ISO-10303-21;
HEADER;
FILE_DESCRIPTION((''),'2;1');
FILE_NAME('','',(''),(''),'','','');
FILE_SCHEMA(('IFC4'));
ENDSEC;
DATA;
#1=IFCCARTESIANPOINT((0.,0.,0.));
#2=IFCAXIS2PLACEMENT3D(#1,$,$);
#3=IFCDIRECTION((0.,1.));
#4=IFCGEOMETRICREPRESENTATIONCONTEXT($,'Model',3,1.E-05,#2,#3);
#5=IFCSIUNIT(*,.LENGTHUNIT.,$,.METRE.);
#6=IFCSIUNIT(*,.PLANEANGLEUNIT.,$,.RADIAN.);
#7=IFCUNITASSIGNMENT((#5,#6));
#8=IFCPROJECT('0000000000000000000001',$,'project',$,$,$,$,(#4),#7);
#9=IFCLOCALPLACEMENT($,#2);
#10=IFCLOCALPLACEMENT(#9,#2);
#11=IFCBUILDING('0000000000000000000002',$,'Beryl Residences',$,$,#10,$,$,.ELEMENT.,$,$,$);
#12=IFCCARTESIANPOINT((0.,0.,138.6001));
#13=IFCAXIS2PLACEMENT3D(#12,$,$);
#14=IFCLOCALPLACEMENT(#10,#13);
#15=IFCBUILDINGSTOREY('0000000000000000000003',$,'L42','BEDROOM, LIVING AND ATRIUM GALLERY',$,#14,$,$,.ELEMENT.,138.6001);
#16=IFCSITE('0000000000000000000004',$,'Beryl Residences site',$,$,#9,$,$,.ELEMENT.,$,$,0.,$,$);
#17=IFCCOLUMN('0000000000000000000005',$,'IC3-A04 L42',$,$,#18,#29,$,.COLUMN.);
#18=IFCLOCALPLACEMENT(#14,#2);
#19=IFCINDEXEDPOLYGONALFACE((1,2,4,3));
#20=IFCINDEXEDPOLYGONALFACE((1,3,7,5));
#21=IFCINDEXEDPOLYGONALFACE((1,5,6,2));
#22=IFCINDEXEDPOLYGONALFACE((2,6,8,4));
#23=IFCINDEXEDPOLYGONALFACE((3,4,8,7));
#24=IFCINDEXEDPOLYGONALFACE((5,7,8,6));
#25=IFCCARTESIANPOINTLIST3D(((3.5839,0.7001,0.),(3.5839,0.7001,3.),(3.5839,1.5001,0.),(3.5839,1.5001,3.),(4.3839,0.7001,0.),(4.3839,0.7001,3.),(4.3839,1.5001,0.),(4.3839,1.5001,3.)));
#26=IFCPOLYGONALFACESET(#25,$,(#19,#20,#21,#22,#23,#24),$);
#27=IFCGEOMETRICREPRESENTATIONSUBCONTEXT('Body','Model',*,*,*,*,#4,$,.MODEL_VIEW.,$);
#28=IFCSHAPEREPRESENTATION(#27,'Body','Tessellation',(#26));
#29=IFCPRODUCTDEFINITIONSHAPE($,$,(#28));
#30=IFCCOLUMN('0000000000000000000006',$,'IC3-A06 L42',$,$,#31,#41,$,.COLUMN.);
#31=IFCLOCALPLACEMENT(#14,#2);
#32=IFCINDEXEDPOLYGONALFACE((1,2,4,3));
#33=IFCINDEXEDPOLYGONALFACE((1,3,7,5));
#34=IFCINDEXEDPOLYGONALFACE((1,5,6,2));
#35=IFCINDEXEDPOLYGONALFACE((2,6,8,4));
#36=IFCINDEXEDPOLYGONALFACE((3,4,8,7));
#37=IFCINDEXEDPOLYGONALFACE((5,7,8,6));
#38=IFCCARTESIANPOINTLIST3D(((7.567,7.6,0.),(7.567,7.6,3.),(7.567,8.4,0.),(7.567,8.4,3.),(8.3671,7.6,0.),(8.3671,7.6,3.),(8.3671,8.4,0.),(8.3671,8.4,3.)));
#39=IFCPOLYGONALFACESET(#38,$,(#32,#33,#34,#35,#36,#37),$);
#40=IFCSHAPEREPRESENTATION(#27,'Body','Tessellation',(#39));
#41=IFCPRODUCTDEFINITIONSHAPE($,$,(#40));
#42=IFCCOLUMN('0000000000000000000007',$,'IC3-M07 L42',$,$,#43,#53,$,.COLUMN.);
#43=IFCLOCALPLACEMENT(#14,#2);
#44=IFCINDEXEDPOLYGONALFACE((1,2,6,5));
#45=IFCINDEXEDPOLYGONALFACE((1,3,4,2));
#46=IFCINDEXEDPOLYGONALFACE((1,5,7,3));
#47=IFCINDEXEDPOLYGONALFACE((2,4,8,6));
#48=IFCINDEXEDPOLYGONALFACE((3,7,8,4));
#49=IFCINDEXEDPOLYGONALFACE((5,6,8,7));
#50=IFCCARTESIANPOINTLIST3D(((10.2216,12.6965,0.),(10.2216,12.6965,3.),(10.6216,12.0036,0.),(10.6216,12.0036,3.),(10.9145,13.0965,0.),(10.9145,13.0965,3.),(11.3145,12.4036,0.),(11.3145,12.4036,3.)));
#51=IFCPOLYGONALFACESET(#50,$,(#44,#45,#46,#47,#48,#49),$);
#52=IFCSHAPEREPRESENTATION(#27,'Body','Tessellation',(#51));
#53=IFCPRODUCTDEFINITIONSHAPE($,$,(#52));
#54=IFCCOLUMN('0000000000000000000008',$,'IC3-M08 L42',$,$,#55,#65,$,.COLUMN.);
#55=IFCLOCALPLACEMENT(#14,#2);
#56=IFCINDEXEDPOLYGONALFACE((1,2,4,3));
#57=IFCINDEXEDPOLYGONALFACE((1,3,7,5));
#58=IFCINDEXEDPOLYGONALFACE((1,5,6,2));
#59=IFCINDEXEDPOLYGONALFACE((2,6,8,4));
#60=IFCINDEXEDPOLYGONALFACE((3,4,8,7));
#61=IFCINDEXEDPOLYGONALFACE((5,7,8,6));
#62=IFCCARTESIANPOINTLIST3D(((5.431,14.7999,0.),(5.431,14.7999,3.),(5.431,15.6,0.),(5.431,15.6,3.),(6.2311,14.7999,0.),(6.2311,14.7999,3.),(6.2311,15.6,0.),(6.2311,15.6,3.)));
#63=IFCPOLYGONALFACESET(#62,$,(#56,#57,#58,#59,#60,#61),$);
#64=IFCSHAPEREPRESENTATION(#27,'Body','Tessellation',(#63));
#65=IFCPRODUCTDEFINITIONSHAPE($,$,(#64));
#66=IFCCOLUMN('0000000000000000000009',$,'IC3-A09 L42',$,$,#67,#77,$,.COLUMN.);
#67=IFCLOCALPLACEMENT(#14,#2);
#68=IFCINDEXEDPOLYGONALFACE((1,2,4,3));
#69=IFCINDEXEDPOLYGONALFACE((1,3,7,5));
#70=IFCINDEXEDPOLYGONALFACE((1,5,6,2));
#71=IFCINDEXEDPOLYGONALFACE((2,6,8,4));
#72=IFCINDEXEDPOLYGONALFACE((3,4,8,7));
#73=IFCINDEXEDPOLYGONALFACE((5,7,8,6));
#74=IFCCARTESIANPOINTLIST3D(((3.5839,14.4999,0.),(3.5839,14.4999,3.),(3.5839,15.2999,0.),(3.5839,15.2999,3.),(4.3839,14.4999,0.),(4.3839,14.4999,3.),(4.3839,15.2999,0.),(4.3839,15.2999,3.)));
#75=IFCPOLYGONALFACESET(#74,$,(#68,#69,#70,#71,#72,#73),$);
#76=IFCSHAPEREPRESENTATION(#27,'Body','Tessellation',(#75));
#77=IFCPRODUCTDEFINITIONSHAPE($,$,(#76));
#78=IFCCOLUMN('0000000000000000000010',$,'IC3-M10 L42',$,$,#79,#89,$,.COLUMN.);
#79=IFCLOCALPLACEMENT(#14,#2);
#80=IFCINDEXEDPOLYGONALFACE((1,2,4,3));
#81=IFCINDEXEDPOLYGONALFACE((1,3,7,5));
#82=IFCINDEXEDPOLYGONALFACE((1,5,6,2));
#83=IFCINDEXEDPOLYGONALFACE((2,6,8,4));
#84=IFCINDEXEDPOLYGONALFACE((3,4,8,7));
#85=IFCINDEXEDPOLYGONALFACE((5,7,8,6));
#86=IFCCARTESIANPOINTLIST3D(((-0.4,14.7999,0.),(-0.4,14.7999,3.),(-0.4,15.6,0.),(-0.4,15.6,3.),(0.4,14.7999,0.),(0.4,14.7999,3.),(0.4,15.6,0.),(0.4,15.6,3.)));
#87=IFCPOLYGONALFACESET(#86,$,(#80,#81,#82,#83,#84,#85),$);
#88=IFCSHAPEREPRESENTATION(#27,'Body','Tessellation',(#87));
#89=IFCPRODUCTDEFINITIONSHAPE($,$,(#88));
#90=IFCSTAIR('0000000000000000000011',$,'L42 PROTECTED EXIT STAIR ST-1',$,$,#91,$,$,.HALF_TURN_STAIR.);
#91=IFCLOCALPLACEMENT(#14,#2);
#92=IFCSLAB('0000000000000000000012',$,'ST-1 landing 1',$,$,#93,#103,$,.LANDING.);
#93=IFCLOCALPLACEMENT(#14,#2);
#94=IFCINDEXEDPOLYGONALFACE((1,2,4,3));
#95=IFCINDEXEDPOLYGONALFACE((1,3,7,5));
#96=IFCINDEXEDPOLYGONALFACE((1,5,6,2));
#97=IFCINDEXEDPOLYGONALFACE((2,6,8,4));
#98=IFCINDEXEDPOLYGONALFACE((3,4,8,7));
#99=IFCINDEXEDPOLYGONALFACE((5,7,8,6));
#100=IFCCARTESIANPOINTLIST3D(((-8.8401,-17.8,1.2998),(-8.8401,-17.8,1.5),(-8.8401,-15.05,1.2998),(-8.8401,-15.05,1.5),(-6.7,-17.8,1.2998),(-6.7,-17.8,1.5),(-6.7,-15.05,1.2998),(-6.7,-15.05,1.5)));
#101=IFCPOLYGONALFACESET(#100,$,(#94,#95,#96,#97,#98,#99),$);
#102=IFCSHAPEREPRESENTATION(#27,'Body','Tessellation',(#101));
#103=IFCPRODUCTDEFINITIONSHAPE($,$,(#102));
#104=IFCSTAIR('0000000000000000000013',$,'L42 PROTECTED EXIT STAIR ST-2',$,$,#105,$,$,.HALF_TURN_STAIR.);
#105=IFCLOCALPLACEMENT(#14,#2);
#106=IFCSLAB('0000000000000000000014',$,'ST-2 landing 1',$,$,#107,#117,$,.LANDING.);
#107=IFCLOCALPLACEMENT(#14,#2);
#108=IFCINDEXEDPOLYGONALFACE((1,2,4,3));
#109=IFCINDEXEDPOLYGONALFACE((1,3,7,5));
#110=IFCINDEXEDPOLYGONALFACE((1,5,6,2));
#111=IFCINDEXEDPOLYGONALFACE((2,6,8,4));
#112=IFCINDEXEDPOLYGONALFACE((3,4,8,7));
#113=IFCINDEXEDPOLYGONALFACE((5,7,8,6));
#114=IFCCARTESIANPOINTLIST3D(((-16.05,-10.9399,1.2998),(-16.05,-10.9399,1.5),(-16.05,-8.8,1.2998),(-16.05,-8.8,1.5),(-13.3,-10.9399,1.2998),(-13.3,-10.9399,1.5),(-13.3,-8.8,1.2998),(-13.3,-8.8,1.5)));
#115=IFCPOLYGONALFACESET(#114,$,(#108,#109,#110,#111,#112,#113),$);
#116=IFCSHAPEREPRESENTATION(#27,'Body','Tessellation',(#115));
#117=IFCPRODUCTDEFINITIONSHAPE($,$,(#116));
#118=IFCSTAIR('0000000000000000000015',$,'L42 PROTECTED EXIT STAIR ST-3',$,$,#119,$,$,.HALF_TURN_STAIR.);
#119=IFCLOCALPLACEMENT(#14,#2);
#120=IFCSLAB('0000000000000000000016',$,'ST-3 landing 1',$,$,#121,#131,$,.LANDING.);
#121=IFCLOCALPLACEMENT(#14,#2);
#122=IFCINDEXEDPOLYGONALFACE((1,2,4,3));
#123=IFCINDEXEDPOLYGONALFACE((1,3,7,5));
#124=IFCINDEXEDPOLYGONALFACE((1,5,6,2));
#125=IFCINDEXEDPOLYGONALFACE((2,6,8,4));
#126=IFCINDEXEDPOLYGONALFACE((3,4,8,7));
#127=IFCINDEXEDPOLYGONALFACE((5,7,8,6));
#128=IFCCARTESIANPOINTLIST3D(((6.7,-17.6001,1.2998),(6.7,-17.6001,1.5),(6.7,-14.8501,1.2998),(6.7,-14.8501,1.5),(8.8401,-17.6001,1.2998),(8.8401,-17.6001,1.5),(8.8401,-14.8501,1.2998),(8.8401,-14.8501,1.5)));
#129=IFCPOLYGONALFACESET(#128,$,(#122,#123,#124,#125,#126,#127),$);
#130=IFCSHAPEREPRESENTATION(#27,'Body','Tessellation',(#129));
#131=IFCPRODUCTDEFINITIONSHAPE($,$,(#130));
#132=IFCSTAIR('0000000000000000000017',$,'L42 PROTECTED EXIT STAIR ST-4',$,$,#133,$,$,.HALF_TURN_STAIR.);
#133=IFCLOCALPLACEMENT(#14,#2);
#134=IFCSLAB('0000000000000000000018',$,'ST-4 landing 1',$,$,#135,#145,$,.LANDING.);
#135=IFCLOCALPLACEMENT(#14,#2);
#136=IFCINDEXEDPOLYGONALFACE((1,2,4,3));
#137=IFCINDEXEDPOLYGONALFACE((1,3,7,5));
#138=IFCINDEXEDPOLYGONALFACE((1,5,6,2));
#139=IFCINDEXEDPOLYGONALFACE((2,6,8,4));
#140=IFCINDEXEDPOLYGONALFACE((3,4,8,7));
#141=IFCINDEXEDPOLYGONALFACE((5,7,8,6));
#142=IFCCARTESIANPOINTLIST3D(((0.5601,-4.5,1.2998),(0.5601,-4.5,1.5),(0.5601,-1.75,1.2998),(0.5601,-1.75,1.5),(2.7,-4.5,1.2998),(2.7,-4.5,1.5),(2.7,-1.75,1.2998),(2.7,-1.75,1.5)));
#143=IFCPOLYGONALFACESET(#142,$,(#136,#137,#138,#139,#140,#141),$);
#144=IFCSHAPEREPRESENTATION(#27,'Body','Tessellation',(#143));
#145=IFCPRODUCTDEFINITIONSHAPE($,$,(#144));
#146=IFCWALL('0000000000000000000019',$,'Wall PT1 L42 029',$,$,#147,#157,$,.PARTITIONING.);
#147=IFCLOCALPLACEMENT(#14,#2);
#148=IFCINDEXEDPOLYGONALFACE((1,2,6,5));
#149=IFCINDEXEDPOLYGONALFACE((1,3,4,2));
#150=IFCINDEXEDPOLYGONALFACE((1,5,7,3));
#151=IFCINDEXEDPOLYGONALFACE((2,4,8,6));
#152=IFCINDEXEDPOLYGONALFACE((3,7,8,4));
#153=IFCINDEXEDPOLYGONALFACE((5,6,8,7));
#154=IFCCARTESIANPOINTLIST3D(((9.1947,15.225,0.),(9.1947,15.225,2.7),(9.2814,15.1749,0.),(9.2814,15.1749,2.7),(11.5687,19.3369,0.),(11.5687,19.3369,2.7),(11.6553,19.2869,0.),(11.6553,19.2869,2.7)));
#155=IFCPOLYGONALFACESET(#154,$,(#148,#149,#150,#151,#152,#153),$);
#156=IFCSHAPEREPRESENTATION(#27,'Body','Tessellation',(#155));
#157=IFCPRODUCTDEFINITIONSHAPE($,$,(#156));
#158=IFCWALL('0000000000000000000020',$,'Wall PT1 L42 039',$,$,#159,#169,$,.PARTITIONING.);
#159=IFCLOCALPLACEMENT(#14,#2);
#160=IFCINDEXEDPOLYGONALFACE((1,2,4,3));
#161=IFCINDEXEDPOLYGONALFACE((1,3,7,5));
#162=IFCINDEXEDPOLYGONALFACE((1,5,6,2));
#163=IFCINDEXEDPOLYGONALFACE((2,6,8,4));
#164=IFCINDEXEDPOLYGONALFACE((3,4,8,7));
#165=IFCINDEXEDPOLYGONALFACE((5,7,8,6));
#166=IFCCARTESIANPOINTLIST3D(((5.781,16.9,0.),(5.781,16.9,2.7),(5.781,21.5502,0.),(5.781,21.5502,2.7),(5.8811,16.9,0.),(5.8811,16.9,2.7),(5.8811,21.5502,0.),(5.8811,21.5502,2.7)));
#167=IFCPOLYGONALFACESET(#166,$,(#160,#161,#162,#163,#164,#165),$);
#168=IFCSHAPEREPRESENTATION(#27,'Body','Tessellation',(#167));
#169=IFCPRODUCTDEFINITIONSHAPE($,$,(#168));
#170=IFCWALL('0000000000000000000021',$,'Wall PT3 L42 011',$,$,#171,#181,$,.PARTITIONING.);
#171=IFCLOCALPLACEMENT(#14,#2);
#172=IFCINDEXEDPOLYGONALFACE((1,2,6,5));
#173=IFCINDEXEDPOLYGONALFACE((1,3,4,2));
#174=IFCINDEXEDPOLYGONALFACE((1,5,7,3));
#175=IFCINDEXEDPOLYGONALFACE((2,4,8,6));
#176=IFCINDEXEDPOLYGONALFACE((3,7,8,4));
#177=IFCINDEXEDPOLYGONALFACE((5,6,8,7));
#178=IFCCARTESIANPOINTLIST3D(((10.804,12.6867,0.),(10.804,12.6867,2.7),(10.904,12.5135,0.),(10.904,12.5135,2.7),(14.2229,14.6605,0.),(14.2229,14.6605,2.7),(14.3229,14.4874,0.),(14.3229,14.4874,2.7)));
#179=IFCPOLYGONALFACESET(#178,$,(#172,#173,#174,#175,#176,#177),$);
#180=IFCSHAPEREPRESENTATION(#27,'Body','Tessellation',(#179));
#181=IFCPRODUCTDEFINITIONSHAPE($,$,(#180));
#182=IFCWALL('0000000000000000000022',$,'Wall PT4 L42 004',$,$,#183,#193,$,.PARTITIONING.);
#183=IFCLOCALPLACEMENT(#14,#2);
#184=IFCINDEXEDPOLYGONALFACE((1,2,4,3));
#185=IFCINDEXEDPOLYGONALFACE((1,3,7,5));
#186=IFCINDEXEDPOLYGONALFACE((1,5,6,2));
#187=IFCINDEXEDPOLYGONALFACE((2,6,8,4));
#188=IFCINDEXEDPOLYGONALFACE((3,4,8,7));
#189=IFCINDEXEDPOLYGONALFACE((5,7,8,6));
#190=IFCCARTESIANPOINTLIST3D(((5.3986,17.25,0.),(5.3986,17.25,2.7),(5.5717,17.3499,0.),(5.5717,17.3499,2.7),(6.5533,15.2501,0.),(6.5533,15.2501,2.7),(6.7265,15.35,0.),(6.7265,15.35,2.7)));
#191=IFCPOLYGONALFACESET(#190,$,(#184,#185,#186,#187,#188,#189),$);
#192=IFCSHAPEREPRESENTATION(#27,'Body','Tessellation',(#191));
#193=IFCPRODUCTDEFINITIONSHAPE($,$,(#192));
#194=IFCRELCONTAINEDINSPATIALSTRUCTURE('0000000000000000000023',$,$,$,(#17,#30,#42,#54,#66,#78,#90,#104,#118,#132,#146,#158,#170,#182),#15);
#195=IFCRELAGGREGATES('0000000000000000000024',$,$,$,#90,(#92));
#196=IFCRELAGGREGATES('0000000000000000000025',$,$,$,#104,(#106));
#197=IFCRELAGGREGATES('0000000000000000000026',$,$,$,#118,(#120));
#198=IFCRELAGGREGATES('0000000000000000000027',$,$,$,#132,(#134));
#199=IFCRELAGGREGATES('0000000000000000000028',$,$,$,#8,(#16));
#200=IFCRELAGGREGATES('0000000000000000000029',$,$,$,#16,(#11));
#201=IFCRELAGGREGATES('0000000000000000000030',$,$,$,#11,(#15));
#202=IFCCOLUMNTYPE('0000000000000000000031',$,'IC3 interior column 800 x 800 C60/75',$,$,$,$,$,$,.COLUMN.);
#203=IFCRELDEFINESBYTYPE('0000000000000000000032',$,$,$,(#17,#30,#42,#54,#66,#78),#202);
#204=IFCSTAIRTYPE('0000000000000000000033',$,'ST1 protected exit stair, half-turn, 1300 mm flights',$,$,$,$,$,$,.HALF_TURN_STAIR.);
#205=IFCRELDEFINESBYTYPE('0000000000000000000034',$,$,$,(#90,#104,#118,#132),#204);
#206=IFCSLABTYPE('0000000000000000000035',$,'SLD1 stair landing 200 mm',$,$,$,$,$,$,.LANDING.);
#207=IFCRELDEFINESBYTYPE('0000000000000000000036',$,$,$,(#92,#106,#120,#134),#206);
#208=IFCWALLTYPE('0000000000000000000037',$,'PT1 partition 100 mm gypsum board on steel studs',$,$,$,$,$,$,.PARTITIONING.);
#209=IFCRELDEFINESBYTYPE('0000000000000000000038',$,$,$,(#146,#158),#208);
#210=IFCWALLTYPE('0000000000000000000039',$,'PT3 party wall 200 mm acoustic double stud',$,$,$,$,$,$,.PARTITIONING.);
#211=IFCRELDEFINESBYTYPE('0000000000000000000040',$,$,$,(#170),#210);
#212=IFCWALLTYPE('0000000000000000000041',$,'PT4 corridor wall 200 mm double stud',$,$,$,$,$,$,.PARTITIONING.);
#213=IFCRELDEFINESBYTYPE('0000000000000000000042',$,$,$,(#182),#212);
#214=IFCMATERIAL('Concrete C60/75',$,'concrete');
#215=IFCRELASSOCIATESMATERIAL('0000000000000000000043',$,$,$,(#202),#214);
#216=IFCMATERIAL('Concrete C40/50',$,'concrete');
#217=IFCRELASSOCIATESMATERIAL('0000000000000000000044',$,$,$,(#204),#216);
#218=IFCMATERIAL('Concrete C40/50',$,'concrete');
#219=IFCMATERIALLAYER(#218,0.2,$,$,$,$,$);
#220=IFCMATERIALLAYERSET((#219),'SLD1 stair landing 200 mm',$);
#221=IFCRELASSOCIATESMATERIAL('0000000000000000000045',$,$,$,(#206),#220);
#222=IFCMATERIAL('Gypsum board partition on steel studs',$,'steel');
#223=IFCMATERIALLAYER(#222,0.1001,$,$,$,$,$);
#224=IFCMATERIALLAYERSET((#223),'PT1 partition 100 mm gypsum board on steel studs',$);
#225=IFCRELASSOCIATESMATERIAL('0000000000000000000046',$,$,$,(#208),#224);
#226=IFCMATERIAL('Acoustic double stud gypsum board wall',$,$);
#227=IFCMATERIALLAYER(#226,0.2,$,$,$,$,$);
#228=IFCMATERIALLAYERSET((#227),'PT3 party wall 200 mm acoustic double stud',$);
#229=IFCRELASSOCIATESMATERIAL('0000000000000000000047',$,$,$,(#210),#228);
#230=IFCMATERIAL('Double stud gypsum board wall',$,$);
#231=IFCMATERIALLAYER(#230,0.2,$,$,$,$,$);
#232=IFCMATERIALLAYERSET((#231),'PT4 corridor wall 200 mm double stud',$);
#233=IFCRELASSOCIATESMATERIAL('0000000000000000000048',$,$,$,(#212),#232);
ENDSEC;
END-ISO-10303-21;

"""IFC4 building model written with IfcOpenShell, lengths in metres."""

from ifc_helpers import new_model, si_unit, direction, frame, frame_2d, origin, origin_2d, place, context, subcontext, project, spatial, polyline, rectangle, outline, extrude, material, layer, layer_set, material_profile, profile_set, type_object, element, aggregate, save


model = new_model("IFC4")

# Units and contexts
model_context = context("Model", 3, precision=1e-05, world=origin(), true_north=direction((0.0, 1.0)))
body_context = subcontext(model_context, "Body", "Model", "MODEL_VIEW")
ifc_project = project(units=[si_unit("LENGTHUNIT", "METRE"), si_unit("PLANEANGLEUNIT", "RADIAN")], contexts=[model_context])

# Site, building, storey
site_placement = place(None, origin())
site = spatial("IfcSite", under=ifc_project, at=site_placement, Name="Beryl Residences site", CompositionType="ELEMENT", RefElevation=0.0)
building_placement = place(site_placement, origin())
building = spatial("IfcBuilding", under=site, at=building_placement, Name="Beryl Residences", CompositionType="ELEMENT")
storey_placement = place(building_placement, frame((0.0, 0.0, 138.6001)))
storey = spatial("IfcBuildingStorey", under=building, at=storey_placement, Name="L42", Description="BEDROOM, LIVING AND ATRIUM GALLERY", CompositionType="ELEMENT", Elevation=138.6001)

# Columns
ifc_material_1 = material(Name="Concrete C60/75", Category="concrete")
ifc_material_profile = material_profile(ifc_material_1, rectangle(XDim=0.8, YDim=0.8, at=origin_2d()))
ifc_profile_set = profile_set([ifc_material_profile], Name="Concrete C60/75")
column_type = type_object("IfcColumnType", Name="IC3 interior column 800 x 800 C60/75", PredefinedType="COLUMN", material=ifc_profile_set)
for number, where, z_axis, x_axis, name in (
    (1, (3.9839, 1.1001, 0.0), (0.0, 0.0, 1.0), (1.0, 0.0, 0.0), "IC3-A04 L42"),
    (2, (7.967, 8.0, 0.0), (0.0, 0.0, 1.0), (1.0, 0.0, 0.0), "IC3-A06 L42"),
    (3, (10.7681, 12.55, 0.0), (0.0, 0.0, 1.0), (-0.5, 0.866025, 0.0), "IC3-M07 L42"),
    (4, (5.8311, 15.2, 0.0), (0.0, 0.0, 1.0), (-1.0, 0.0, 0.0), "IC3-M08 L42"),
    (5, (3.9839, 14.8999, 0.0), (0.0, 0.0, 1.0), (1.0, 0.0, 0.0), "IC3-A09 L42"),
    (6, (0.0, 15.2, 0.0), (0.0, 0.0, 1.0), (-1.0, 0.0, 0.0), "IC3-M10 L42"),
):
    element("IfcColumn", number, at=place(storey_placement, frame(where, z_axis=z_axis, x_axis=x_axis)), inside=storey, type_object=column_type, Name=name, PredefinedType="COLUMN", context=body_context, shape_type="SweptSolid", body=[
        extrude(rectangle(XDim=0.8, YDim=0.8, at=origin_2d()), origin(), (0.0, 0.0, 1.0), 3.0),
    ])

# Stairs, slabs
ifc_material_2 = material(Name="Concrete C40/50", Category="concrete")
stair_type = type_object("IfcStairType", Name="ST1 protected exit stair, half-turn, 1300 mm flights", PredefinedType="HALF_TURN_STAIR", material=ifc_material_2)
stair_1_placement = place(storey_placement, origin())
stair_1 = element("IfcStair", 7, at=stair_1_placement, inside=storey, type_object=stair_type, Name="L42 PROTECTED EXIT STAIR ST-1", PredefinedType="HALF_TURN_STAIR")
ifc_material_3 = material(Name="Concrete C40/50", Category="concrete")
ifc_layer_1 = layer(ifc_material_3, 0.2)
ifc_layer_set_1 = layer_set([ifc_layer_1], Name="SLD1 stair landing 200 mm")
slab_type_1 = type_object("IfcSlabType", Name="SLD1 stair landing 200 mm", PredefinedType="LANDING", material=ifc_layer_set_1)
slab_1_placement = place(storey_placement, frame((0.0, 0.0, 1.2998)))
slab_1 = element("IfcSlab", 8, at=slab_1_placement, type_object=slab_type_1, Name="ST-1 landing 1", PredefinedType="LANDING", context=body_context, shape_type="SweptSolid", body=[
    extrude(outline(polyline([(-8.8401, -17.8), (-6.7, -17.8), (-6.7, -15.05), (-8.8401, -15.05), (-8.8401, -17.8)])), origin(), (0.0, 0.0, 1.0), 0.2002),
])
aggregate(stair_1, [slab_1])
stair_2_placement = place(storey_placement, origin())
stair_2 = element("IfcStair", 9, at=stair_2_placement, inside=storey, type_object=stair_type, Name="L42 PROTECTED EXIT STAIR ST-2", PredefinedType="HALF_TURN_STAIR")
slab_2_placement = place(storey_placement, frame((0.0, 0.0, 1.2998)))
slab_2 = element("IfcSlab", 10, at=slab_2_placement, type_object=slab_type_1, Name="ST-2 landing 1", PredefinedType="LANDING", context=body_context, shape_type="SweptSolid", body=[
    extrude(outline(polyline([(-13.3, -10.9399), (-13.3, -8.8), (-16.05, -8.8), (-16.05, -10.9399), (-13.3, -10.9399)])), origin(), (0.0, 0.0, 1.0), 0.2002),
])
aggregate(stair_2, [slab_2])
stair_3_placement = place(storey_placement, origin())
stair_3 = element("IfcStair", 11, at=stair_3_placement, inside=storey, type_object=stair_type, Name="L42 PROTECTED EXIT STAIR ST-3", PredefinedType="HALF_TURN_STAIR")
slab_3_placement = place(storey_placement, frame((0.0, 0.0, 1.2998)))
slab_3 = element("IfcSlab", 12, at=slab_3_placement, type_object=slab_type_1, Name="ST-3 landing 1", PredefinedType="LANDING", context=body_context, shape_type="SweptSolid", body=[
    extrude(outline(polyline([(8.8401, -14.8501), (6.7, -14.8501), (6.7, -17.6001), (8.8401, -17.6001), (8.8401, -14.8501)])), origin(), (0.0, 0.0, 1.0), 0.2002),
])
aggregate(stair_3, [slab_3])
stair_4_placement = place(storey_placement, origin())
stair_4 = element("IfcStair", 13, at=stair_4_placement, inside=storey, type_object=stair_type, Name="L42 PROTECTED EXIT STAIR ST-4", PredefinedType="HALF_TURN_STAIR")
slab_4_placement = place(storey_placement, frame((0.0, 0.0, 1.2998)))
slab_4 = element("IfcSlab", 14, at=slab_4_placement, type_object=slab_type_1, Name="ST-4 landing 1", PredefinedType="LANDING", context=body_context, shape_type="SweptSolid", body=[
    extrude(outline(polyline([(0.5601, -4.5), (2.7, -4.5), (2.7, -1.75), (0.5601, -1.75), (0.5601, -4.5)])), origin(), (0.0, 0.0, 1.0), 0.2002),
])
aggregate(stair_4, [slab_4])

# Walls
ifc_material_4 = material(Name="Gypsum board partition on steel studs", Category="steel")
ifc_layer_2 = layer(ifc_material_4, 0.1001)
ifc_layer_set_2 = layer_set([ifc_layer_2], Name="PT1 partition 100 mm gypsum board on steel studs")
wall_type_1 = type_object("IfcWallType", Name="PT1 partition 100 mm gypsum board on steel studs", PredefinedType="PARTITIONING", material=ifc_layer_set_2)
wall_1_placement = place(storey_placement, frame((9.238, 15.2, 0.0), z_axis=(0.0, 0.0, 1.0), x_axis=(0.499988, 0.866032, 0.0)))
element("IfcWall", 15, at=wall_1_placement, inside=storey, type_object=wall_type_1, Name="Wall PT1 L42 029", PredefinedType="PARTITIONING", context=body_context, shape_type="SweptSolid", body=[
    extrude(rectangle(XDim=4.748, YDim=0.1001, at=frame_2d((2.374, 0.0))), origin(), (0.0, 0.0, 1.0), 2.7),
])
wall_2_placement = place(storey_placement, frame((5.8311, 16.8999, 0.0), z_axis=(0.0, 0.0, 1.0), x_axis=(0.0, 1.0, 0.0)))
element("IfcWall", 16, at=wall_2_placement, inside=storey, type_object=wall_type_1, Name="Wall PT1 L42 039", PredefinedType="PARTITIONING", context=body_context, shape_type="SweptSolid", body=[
    extrude(rectangle(XDim=4.6501, YDim=0.1001, at=frame_2d((2.3252, 0.0))), origin(), (0.0, 0.0, 1.0), 2.7),
])
ifc_material_5 = material(Name="Acoustic double stud gypsum board wall")
ifc_layer_3 = layer(ifc_material_5, 0.2)
ifc_layer_set_3 = layer_set([ifc_layer_3], Name="PT3 party wall 200 mm acoustic double stud")
wall_type_2 = type_object("IfcWallType", Name="PT3 party wall 200 mm acoustic double stud", PredefinedType="PARTITIONING", material=ifc_layer_set_3)
wall_3_placement = place(storey_placement, frame((10.854, 12.6001, 0.0), z_axis=(0.0, 0.0, 1.0), x_axis=(0.866031, 0.49999, 0.0)))
element("IfcWall", 17, at=wall_3_placement, inside=storey, type_object=wall_type_2, Name="Wall PT3 L42 011", PredefinedType="PARTITIONING", context=body_context, shape_type="SweptSolid", body=[
    extrude(rectangle(XDim=3.9478, YDim=0.2, at=frame_2d((1.9739, 0.0))), origin(), (0.0, 0.0, 1.0), 2.7),
])
ifc_material_6 = material(Name="Double stud gypsum board wall")
ifc_layer_4 = layer(ifc_material_6, 0.2)
ifc_layer_set_4 = layer_set([ifc_layer_4], Name="PT4 corridor wall 200 mm double stud")
wall_type_3 = type_object("IfcWallType", Name="PT4 corridor wall 200 mm double stud", PredefinedType="PARTITIONING", material=ifc_layer_set_4)
wall_4_placement = place(storey_placement, frame((5.4851, 17.3, 0.0), z_axis=(0.0, 0.0, 1.0), x_axis=(0.500027, -0.86601, 0.0)))
element("IfcWall", 18, at=wall_4_placement, inside=storey, type_object=wall_type_3, Name="Wall PT4 L42 004", PredefinedType="PARTITIONING", context=body_context, shape_type="SweptSolid", body=[
    extrude(rectangle(XDim=2.3093, YDim=0.2, at=frame_2d((1.1548, 0.0))), origin(), (0.0, 0.0, 1.0), 2.7),
])

save(model, "model.ifc")
